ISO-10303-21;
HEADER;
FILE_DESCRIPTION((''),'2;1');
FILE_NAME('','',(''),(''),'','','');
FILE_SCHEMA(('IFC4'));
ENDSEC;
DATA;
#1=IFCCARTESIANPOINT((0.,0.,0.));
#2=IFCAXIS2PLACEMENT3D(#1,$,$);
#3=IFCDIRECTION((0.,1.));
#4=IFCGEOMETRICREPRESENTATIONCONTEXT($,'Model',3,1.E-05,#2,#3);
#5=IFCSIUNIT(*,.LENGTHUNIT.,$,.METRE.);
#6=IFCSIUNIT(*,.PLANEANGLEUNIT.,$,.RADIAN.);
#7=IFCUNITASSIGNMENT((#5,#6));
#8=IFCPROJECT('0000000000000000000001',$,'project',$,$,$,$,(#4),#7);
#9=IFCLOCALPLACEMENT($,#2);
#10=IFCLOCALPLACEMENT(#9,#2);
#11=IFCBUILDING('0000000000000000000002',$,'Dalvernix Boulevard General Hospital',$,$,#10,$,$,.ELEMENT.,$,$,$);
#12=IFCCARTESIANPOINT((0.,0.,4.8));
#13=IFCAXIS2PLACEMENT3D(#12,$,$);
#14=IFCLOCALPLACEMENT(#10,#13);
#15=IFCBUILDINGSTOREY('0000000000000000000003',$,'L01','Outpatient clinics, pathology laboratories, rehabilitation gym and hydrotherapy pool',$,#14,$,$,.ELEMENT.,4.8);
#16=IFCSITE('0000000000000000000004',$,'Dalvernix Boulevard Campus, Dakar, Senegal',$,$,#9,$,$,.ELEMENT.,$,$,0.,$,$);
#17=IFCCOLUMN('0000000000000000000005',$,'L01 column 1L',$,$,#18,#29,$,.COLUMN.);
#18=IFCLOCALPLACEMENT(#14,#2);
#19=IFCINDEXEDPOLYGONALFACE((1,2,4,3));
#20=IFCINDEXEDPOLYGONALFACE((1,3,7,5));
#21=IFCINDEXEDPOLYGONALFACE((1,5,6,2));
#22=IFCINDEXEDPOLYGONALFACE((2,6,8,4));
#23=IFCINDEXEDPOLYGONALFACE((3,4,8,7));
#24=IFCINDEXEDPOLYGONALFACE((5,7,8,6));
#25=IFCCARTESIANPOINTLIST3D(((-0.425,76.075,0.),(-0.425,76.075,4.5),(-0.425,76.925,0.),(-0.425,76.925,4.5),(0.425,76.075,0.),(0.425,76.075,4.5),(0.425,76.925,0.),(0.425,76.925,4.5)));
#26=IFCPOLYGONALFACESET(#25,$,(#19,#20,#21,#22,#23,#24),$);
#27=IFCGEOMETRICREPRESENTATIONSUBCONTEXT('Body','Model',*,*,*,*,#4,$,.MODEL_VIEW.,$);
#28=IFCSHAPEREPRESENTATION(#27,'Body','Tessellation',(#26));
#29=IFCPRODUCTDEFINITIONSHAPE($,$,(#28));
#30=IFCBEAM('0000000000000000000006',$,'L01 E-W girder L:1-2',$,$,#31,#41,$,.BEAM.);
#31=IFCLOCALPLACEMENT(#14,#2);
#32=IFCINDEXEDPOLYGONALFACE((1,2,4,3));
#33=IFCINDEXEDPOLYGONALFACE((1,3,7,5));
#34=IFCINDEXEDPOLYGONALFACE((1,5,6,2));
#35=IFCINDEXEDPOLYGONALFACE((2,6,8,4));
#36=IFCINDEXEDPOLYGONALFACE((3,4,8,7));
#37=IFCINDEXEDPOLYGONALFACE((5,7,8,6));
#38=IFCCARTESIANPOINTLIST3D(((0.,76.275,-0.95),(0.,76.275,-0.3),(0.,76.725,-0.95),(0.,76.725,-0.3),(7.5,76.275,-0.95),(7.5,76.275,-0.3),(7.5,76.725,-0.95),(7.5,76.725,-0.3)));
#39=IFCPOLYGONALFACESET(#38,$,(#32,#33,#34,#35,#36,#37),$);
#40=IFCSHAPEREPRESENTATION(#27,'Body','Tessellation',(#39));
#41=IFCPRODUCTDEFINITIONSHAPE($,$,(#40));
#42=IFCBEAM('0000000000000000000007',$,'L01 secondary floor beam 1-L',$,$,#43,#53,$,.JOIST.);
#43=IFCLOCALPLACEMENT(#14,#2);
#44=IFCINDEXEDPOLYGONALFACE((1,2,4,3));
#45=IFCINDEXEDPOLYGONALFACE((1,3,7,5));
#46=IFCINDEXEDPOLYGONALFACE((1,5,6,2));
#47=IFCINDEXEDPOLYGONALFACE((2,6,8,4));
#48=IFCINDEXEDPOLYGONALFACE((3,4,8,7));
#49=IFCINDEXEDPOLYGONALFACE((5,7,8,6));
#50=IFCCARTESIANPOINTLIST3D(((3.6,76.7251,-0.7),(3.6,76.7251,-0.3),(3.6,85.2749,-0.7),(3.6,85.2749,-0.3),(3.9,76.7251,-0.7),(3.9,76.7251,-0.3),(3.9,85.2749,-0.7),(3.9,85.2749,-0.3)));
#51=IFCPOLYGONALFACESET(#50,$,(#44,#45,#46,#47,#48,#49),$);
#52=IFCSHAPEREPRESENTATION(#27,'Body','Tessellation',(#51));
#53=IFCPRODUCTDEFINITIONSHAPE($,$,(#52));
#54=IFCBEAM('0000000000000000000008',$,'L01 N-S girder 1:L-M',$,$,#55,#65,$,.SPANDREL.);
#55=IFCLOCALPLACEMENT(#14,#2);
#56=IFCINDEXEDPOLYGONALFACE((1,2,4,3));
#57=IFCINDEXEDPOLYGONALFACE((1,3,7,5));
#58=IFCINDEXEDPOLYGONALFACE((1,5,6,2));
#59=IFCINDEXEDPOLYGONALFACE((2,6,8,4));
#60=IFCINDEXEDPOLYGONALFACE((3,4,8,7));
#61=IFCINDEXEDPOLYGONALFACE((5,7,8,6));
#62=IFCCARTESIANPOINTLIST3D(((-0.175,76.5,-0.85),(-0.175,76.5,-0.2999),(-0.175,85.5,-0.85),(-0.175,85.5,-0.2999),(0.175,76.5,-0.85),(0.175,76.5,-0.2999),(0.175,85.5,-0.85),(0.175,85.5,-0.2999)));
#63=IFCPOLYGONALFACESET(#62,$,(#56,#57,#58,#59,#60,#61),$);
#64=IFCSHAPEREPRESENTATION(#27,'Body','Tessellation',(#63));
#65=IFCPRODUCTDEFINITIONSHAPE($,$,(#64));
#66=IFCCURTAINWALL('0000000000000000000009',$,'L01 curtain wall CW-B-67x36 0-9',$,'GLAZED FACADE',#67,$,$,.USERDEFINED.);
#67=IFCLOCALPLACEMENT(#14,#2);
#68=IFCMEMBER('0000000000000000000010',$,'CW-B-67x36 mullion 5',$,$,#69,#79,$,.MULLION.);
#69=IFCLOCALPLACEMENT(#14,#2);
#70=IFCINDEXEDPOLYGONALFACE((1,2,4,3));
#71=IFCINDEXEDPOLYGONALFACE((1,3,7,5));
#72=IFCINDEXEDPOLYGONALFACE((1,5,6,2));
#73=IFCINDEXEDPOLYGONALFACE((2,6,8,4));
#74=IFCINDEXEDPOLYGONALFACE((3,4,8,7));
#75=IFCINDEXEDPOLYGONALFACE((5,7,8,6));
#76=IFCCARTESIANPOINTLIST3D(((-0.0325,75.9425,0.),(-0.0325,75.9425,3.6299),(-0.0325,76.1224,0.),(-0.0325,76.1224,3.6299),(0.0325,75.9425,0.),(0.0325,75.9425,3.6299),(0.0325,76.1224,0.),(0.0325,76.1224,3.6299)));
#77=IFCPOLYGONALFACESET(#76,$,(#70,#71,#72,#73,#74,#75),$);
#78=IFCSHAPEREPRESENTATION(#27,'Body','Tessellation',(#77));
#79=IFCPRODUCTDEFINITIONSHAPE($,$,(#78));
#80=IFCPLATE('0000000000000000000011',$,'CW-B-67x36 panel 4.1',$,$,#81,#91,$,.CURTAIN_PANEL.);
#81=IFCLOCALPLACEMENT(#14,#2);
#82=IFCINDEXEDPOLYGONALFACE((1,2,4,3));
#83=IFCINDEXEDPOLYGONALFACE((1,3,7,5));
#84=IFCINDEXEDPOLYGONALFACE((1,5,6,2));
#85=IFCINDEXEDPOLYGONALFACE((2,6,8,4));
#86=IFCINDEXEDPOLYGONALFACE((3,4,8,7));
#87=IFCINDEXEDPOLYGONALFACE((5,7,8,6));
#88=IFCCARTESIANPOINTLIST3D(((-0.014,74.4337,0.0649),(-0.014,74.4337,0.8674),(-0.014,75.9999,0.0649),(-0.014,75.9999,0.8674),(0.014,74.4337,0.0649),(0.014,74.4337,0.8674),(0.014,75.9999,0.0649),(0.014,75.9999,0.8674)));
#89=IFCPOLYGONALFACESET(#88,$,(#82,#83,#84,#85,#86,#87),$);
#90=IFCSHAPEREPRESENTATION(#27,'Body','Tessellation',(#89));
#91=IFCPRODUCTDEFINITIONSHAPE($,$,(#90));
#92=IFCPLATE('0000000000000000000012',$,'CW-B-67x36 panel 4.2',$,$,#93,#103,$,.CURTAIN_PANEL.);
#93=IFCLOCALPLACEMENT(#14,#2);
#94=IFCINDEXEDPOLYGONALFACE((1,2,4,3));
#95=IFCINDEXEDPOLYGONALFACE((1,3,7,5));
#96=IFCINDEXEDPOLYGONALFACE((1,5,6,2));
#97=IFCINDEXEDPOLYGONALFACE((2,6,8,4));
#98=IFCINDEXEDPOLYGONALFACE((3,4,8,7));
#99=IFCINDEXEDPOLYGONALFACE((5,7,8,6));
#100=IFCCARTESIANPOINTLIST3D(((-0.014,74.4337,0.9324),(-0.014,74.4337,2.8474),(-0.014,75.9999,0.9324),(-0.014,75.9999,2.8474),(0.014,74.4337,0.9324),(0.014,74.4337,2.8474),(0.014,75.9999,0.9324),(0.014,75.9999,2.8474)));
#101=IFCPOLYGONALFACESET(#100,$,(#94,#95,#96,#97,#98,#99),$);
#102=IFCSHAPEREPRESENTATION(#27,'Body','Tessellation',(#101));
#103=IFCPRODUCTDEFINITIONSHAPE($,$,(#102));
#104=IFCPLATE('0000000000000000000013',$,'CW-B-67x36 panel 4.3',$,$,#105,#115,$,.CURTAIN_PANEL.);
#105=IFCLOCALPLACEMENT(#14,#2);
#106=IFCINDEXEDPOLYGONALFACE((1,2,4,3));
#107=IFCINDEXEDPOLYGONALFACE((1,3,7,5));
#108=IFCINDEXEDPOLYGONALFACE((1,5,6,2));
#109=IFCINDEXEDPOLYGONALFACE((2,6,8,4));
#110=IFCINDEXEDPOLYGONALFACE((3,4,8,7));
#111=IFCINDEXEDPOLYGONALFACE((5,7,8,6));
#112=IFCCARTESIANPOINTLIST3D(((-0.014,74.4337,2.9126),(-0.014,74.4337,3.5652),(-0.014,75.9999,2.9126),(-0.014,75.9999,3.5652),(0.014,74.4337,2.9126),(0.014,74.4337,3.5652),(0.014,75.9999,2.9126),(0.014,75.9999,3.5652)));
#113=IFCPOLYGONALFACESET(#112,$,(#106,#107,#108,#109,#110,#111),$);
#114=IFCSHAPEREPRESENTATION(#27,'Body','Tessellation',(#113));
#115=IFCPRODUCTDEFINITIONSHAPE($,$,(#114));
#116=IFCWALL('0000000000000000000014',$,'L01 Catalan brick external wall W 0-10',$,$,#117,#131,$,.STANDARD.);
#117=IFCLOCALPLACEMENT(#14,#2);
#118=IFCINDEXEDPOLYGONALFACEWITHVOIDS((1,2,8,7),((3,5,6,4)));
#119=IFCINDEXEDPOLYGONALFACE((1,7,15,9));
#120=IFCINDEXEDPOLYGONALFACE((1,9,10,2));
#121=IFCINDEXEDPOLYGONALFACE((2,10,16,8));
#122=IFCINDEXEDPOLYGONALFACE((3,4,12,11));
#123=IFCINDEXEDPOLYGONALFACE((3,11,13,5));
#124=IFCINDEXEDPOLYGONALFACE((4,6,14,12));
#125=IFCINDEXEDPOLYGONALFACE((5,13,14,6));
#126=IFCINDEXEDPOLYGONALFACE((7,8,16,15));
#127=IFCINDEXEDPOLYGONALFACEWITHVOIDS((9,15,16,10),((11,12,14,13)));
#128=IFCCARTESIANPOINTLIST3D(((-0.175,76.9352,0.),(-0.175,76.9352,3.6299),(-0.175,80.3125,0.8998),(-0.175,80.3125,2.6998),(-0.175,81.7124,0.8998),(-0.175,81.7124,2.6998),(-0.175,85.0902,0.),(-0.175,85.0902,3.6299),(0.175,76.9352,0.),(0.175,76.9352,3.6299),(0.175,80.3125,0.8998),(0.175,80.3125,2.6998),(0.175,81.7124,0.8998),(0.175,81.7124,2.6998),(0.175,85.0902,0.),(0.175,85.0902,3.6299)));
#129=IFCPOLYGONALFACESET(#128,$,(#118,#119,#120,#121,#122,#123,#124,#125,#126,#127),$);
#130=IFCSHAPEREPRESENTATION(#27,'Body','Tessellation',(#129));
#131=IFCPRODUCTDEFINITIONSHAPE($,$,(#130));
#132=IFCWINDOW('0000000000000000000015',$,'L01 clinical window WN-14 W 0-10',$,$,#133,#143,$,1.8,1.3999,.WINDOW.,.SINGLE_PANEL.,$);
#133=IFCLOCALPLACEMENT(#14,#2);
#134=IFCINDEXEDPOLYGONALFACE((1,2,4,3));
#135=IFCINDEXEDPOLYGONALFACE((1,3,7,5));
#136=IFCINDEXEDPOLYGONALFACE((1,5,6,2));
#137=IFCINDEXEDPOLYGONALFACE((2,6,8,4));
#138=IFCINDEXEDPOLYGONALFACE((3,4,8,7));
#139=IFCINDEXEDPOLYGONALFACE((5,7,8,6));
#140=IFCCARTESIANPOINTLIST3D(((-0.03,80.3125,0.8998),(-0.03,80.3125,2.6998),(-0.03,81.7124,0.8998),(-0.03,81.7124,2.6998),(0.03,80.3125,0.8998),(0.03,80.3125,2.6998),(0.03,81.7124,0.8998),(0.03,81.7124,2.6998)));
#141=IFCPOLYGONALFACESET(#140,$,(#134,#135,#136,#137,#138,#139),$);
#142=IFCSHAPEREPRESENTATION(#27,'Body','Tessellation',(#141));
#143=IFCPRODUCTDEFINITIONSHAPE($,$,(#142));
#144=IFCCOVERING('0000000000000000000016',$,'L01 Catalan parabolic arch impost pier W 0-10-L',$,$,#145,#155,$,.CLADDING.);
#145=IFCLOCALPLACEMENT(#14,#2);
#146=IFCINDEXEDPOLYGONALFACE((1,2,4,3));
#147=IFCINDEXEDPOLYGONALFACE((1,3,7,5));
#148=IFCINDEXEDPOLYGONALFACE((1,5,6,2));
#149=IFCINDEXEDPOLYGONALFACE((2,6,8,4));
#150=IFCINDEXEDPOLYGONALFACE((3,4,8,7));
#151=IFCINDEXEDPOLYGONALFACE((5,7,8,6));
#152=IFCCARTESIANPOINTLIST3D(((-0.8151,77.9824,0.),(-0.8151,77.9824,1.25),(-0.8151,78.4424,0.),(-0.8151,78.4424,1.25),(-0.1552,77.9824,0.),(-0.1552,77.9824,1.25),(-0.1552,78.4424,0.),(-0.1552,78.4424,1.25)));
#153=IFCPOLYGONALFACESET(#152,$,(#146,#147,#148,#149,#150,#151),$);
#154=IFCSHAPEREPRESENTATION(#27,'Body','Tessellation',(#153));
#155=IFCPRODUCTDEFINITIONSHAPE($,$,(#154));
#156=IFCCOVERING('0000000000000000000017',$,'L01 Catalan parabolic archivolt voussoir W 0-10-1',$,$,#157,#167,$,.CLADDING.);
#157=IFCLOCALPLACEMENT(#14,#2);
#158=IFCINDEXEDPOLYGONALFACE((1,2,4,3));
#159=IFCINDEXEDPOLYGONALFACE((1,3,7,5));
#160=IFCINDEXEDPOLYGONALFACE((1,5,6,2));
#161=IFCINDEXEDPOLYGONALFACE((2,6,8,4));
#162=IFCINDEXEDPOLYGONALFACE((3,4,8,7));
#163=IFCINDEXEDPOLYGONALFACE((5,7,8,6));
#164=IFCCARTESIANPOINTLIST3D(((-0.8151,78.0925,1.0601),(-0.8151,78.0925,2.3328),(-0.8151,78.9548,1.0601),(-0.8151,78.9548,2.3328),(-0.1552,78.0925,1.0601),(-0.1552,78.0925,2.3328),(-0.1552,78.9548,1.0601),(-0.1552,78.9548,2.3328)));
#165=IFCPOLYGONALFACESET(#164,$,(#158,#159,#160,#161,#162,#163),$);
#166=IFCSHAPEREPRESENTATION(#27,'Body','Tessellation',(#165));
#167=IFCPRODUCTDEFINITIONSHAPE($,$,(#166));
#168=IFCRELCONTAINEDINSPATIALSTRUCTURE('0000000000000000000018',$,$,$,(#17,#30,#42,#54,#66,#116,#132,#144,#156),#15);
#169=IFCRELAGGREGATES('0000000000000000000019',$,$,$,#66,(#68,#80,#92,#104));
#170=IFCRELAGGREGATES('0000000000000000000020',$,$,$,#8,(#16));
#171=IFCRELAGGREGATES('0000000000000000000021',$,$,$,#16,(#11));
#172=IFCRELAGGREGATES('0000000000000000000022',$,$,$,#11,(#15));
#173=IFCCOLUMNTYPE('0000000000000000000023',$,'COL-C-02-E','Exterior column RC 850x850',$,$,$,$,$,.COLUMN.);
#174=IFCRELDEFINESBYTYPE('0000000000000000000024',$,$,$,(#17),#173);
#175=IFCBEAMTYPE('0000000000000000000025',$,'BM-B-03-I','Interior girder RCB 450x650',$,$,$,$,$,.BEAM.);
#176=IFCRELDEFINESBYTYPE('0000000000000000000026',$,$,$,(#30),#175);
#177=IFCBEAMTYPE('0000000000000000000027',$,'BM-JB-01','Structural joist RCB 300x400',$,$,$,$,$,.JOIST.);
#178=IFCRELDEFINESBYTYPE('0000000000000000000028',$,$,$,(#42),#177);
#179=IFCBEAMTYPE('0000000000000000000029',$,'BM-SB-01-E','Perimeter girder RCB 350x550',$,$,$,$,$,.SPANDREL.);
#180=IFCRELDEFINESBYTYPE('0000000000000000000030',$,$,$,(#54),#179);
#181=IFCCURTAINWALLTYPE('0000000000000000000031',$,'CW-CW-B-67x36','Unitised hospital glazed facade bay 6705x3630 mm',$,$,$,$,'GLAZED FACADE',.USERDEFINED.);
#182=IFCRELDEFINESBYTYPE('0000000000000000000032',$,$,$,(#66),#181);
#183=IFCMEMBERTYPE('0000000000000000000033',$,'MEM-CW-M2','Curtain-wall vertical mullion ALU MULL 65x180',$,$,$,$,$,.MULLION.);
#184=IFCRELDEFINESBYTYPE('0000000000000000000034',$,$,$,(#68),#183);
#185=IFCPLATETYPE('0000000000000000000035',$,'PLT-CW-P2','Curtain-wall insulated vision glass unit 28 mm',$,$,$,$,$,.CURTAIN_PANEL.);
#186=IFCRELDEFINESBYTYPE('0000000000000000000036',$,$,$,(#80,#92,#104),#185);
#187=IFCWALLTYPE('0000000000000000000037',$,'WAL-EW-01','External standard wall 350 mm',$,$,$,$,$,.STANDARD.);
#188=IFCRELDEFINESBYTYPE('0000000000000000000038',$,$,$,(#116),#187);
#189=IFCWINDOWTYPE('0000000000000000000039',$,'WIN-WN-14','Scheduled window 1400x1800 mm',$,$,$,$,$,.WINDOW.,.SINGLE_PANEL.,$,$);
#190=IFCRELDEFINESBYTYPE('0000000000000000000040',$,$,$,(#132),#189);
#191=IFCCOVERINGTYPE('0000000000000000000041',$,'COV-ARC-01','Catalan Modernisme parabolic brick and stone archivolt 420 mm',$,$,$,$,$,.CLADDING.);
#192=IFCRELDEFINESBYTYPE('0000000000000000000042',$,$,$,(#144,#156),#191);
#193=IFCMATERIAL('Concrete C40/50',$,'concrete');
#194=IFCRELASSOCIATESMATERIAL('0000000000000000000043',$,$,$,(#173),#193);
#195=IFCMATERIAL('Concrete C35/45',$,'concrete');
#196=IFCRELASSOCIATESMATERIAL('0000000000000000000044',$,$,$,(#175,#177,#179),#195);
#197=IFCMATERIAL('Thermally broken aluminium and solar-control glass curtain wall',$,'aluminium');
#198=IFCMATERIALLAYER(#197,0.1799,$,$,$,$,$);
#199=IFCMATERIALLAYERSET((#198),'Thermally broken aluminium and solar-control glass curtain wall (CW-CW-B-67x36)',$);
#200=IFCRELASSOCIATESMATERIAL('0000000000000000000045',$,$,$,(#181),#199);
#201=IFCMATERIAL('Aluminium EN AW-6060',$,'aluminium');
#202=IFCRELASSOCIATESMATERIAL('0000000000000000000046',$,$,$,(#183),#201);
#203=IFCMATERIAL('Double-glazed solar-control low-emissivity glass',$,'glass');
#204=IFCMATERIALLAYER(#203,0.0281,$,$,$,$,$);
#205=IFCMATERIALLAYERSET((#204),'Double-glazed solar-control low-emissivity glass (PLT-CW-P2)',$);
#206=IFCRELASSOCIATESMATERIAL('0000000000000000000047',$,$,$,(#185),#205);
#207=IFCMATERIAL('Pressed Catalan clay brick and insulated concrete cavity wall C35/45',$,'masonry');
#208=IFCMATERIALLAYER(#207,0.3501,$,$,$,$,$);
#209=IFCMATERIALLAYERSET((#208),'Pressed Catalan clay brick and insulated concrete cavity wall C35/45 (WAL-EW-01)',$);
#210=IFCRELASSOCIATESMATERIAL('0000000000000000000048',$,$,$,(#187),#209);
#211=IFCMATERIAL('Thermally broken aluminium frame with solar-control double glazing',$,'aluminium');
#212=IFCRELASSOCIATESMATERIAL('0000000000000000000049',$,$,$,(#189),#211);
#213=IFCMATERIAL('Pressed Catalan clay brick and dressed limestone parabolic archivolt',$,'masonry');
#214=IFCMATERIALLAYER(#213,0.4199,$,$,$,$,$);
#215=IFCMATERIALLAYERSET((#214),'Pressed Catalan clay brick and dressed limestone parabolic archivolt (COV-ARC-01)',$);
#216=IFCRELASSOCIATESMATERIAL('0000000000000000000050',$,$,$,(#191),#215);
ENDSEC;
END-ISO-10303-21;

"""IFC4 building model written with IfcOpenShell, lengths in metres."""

from ifc_helpers import new_model, si_unit, direction, frame, frame_2d, origin, origin_2d, place, context, subcontext, project, spatial, rectangle, extrude, material, layer, layer_set, material_profile, profile_set, type_object, element, fill, aggregate, save


model = new_model("IFC4")

# Units and contexts
model_context = context("Model", 3, precision=1e-05, world=origin(), true_north=direction((0.0, 1.0)))
body_context = subcontext(model_context, "Body", "Model", "MODEL_VIEW")
ifc_project = project(units=[si_unit("LENGTHUNIT", "METRE"), si_unit("PLANEANGLEUNIT", "RADIAN")], contexts=[model_context])

# Site, building, storey
site_placement = place(None, origin())
site = spatial("IfcSite", under=ifc_project, at=site_placement, Name="Dalvernix Boulevard Campus, Dakar, Senegal", CompositionType="ELEMENT", RefElevation=0.0)
building_placement = place(site_placement, origin())
building = spatial("IfcBuilding", under=site, at=building_placement, Name="Dalvernix Boulevard General Hospital", CompositionType="ELEMENT")
storey_placement = place(building_placement, frame((0.0, 0.0, 4.8)))
storey = spatial("IfcBuildingStorey", under=building, at=storey_placement, Name="L01", Description="Outpatient clinics, pathology laboratories, rehabilitation gym and hydrotherapy pool", CompositionType="ELEMENT", Elevation=4.8)

# Column
ifc_material_1 = material(Name="Concrete C40/50", Category="concrete")
ifc_material_profile_1 = material_profile(ifc_material_1, rectangle(XDim=0.8501, YDim=0.8501, at=origin_2d()), Name="RC 850x850")
ifc_profile_set_1 = profile_set([ifc_material_profile_1], Name="Concrete C40/50")
column_type = type_object("IfcColumnType", Name="COL-C-02-E", Description="Exterior column RC 850x850", PredefinedType="COLUMN", material=ifc_profile_set_1)
column_placement = place(storey_placement, frame((0.0, 76.5, 0.0), z_axis=(0.0, 0.0, 1.0), x_axis=(1.0, 0.0, 0.0)))
element("IfcColumn", 1, at=column_placement, inside=storey, type_object=column_type, Name="L01 column 1L", PredefinedType="COLUMN", context=body_context, shape_type="SweptSolid", body=[
    extrude(rectangle(XDim=0.8501, YDim=0.8501, at=origin_2d()), origin(), (0.0, 0.0, 1.0), 4.5),
])

# Beams
ifc_material_2 = material(Name="Concrete C35/45", Category="concrete")
ifc_material_profile_2 = material_profile(ifc_material_2, rectangle(XDim=0.45, YDim=0.6499, at=origin_2d()), Name="RCB 450x650")
ifc_profile_set_2 = profile_set([ifc_material_profile_2], Name="Concrete C35/45")
beam_type_1 = type_object("IfcBeamType", Name="BM-B-03-I", Description="Interior girder RCB 450x650", PredefinedType="BEAM", material=ifc_profile_set_2)
beam_1_placement = place(storey_placement, frame((0.0, 76.5, -0.625), z_axis=(1.0, 0.0, 0.0), x_axis=(0.0, 1.0, 0.0)))
element("IfcBeam", 2, at=beam_1_placement, inside=storey, type_object=beam_type_1, Name="L01 E-W girder L:1-2", PredefinedType="BEAM", context=body_context, shape_type="SweptSolid", body=[
    extrude(rectangle(XDim=0.45, YDim=0.6499, at=origin_2d()), origin(), (0.0, 0.0, 1.0), 7.5),
])
ifc_material_profile_3 = material_profile(ifc_material_2, rectangle(XDim=0.3, YDim=0.3999, at=origin_2d()), Name="RCB 300x400")
ifc_profile_set_3 = profile_set([ifc_material_profile_3], Name="Concrete C35/45")
beam_type_2 = type_object("IfcBeamType", Name="BM-JB-01", Description="Structural joist RCB 300x400", PredefinedType="JOIST", material=ifc_profile_set_3)
beam_2_placement = place(storey_placement, frame((3.75, 76.7251, -0.5), z_axis=(0.0, 1.0, 0.0), x_axis=(-1.0, 0.0, 0.0)))
element("IfcBeam", 3, at=beam_2_placement, inside=storey, type_object=beam_type_2, Name="L01 secondary floor beam 1-L", PredefinedType="JOIST", context=body_context, shape_type="SweptSolid", body=[
    extrude(rectangle(XDim=0.3, YDim=0.3999, at=origin_2d()), origin(), (0.0, 0.0, 1.0), 8.5498),
])
ifc_material_profile_4 = material_profile(ifc_material_2, rectangle(XDim=0.3501, YDim=0.55, at=origin_2d()), Name="RCB 350x550")
ifc_profile_set_4 = profile_set([ifc_material_profile_4], Name="Concrete C35/45")
beam_type_3 = type_object("IfcBeamType", Name="BM-SB-01-E", Description="Perimeter girder RCB 350x550", PredefinedType="SPANDREL", material=ifc_profile_set_4)
beam_3_placement = place(storey_placement, frame((0.0, 76.5, -0.575), z_axis=(0.0, 1.0, 0.0), x_axis=(-1.0, 0.0, 0.0)))
element("IfcBeam", 4, at=beam_3_placement, inside=storey, type_object=beam_type_3, Name="L01 N-S girder 1:L-M", PredefinedType="SPANDREL", context=body_context, shape_type="SweptSolid", body=[
    extrude(rectangle(XDim=0.3501, YDim=0.55, at=origin_2d()), origin(), (0.0, 0.0, 1.0), 9.0),
])

# Curtain wall, member, plates
ifc_material_3 = material(Name="Thermally broken aluminium and solar-control glass curtain wall", Category="aluminium")
ifc_layer_1 = layer(ifc_material_3, 0.1799)
ifc_layer_set_1 = layer_set([ifc_layer_1], Name="Thermally broken aluminium and solar-control glass curtain wall (CW-CW-B-67x36)")
curtain_wall_type = type_object("IfcCurtainWallType", Name="CW-CW-B-67x36", Description="Unitised hospital glazed facade bay 6705x3630 mm", ElementType="GLAZED FACADE", PredefinedType="USERDEFINED", material=ifc_layer_set_1)
curtain_wall_placement = place(storey_placement, origin())
curtain_wall = element("IfcCurtainWall", 5, at=curtain_wall_placement, inside=storey, type_object=curtain_wall_type, Name="L01 curtain wall CW-B-67x36 0-9", ObjectType="GLAZED FACADE", PredefinedType="USERDEFINED")
ifc_material_4 = material(Name="Aluminium EN AW-6060", Category="aluminium")
ifc_material_profile_5 = material_profile(ifc_material_4, rectangle(XDim=0.0649, YDim=0.1799, at=origin_2d()), Name="ALU MULL 65x180")
ifc_profile_set_5 = profile_set([ifc_material_profile_5], Name="Aluminium EN AW-6060")
member_type = type_object("IfcMemberType", Name="MEM-CW-M2", Description="Curtain-wall vertical mullion ALU MULL 65x180", PredefinedType="MULLION", material=ifc_profile_set_5)
member_placement = place(storey_placement, frame((0.0, 76.0325, 0.0), z_axis=(0.0, 0.0, 1.0), x_axis=(-1.0, 0.0, 0.0)))
member = element("IfcMember", 6, at=member_placement, type_object=member_type, Name="CW-B-67x36 mullion 5", PredefinedType="MULLION", context=body_context, shape_type="SweptSolid", body=[
    extrude(rectangle(XDim=0.0649, YDim=0.1799, at=origin_2d()), origin(), (0.0, 0.0, 1.0), 3.6299),
])
ifc_material_5 = material(Name="Double-glazed solar-control low-emissivity glass", Category="glass")
ifc_layer_2 = layer(ifc_material_5, 0.0281)
ifc_layer_set_2 = layer_set([ifc_layer_2], Name="Double-glazed solar-control low-emissivity glass (PLT-CW-P2)")
plate_type = type_object("IfcPlateType", Name="PLT-CW-P2", Description="Curtain-wall insulated vision glass unit 28 mm", PredefinedType="CURTAIN_PANEL", material=ifc_layer_set_2)
plate_1_placement = place(storey_placement, frame((0.0, 75.2168, 0.0649), z_axis=(0.0, 0.0, 1.0), x_axis=(0.0, 1.0, 0.0)))
plate_1 = element("IfcPlate", 7, at=plate_1_placement, type_object=plate_type, Name="CW-B-67x36 panel 4.1", PredefinedType="CURTAIN_PANEL", context=body_context, shape_type="SweptSolid", body=[
    extrude(rectangle(XDim=1.5662, YDim=0.0281, at=origin_2d()), origin(), (0.0, 0.0, 1.0), 0.8025),
])
plate_2_placement = place(storey_placement, frame((0.0, 75.2168, 0.9324), z_axis=(0.0, 0.0, 1.0), x_axis=(0.0, 1.0, 0.0)))
plate_2 = element("IfcPlate", 8, at=plate_2_placement, type_object=plate_type, Name="CW-B-67x36 panel 4.2", PredefinedType="CURTAIN_PANEL", context=body_context, shape_type="SweptSolid", body=[
    extrude(rectangle(XDim=1.5662, YDim=0.0281, at=origin_2d()), origin(), (0.0, 0.0, 1.0), 1.915),
])
plate_3_placement = place(storey_placement, frame((0.0, 75.2168, 2.9126), z_axis=(0.0, 0.0, 1.0), x_axis=(0.0, 1.0, 0.0)))
plate_3 = element("IfcPlate", 9, at=plate_3_placement, type_object=plate_type, Name="CW-B-67x36 panel 4.3", PredefinedType="CURTAIN_PANEL", context=body_context, shape_type="SweptSolid", body=[
    extrude(rectangle(XDim=1.5662, YDim=0.0281, at=origin_2d()), origin(), (0.0, 0.0, 1.0), 0.6526),
])
aggregate(curtain_wall, [member, plate_1, plate_2, plate_3])

# Wall, opening, window
ifc_material_6 = material(Name="Pressed Catalan clay brick and insulated concrete cavity wall C35/45", Category="masonry")
ifc_layer_3 = layer(ifc_material_6, 0.3501)
ifc_layer_set_3 = layer_set([ifc_layer_3], Name="Pressed Catalan clay brick and insulated concrete cavity wall C35/45 (WAL-EW-01)")
wall_type = type_object("IfcWallType", Name="WAL-EW-01", Description="External standard wall 350 mm", PredefinedType="STANDARD", material=ifc_layer_set_3)
wall_placement = place(storey_placement, frame((0.0, 76.9351, 0.0), z_axis=(0.0, 0.0, 1.0), x_axis=(0.0, 1.0, 0.0)))
wall = element("IfcWall", 10, at=wall_placement, inside=storey, type_object=wall_type, Name="L01 Catalan brick external wall W 0-10", PredefinedType="STANDARD", context=body_context, shape_type="SweptSolid", body=[
    extrude(rectangle(XDim=8.155, YDim=0.3501, at=frame_2d((4.0776, 0.0))), origin(), (0.0, 0.0, 1.0), 3.6299),
])
opening_placement = place(wall_placement, frame((3.3774, 0.0, 0.8999)))
opening = element("IfcOpeningElement", 11, at=opening_placement, cuts=wall, PredefinedType="OPENING", context=body_context, shape_type="SweptSolid", body=[
    extrude(rectangle(XDim=1.3999, YDim=1.8, at=frame_2d((0.7, 0.8999))), frame((0.0, 0.1851, 0.0), z_axis=(0.0, -1.0, 0.0), x_axis=(1.0, 0.0, 0.0)), (0.0, 0.0, 1.0), 0.3701),
])
ifc_material_7 = material(Name="Thermally broken aluminium frame with solar-control double glazing", Category="aluminium")
window_type = type_object("IfcWindowType", Name="WIN-WN-14", Description="Scheduled window 1400x1800 mm", PartitioningType="SINGLE_PANEL", PredefinedType="WINDOW", material=ifc_material_7)
window_placement = place(opening_placement, origin())
window = element("IfcWindow", 12, at=window_placement, inside=storey, type_object=window_type, Name="L01 clinical window WN-14 W 0-10", OverallHeight=1.8, OverallWidth=1.3999, PartitioningType="SINGLE_PANEL", PredefinedType="WINDOW", context=body_context, shape_type="SweptSolid", body=[
    extrude(rectangle(XDim=1.3999, YDim=1.8, at=frame_2d((0.7, 0.8999))), frame((0.0, 0.03, 0.0), z_axis=(0.0, -1.0, 0.0), x_axis=(1.0, 0.0, 0.0)), (0.0, 0.0, 1.0), 0.0601),
])
fill(opening, window)

# Coverings
ifc_material_8 = material(Name="Pressed Catalan clay brick and dressed limestone parabolic archivolt", Category="masonry")
ifc_layer_4 = layer(ifc_material_8, 0.4199)
ifc_layer_set_4 = layer_set([ifc_layer_4], Name="Pressed Catalan clay brick and dressed limestone parabolic archivolt (COV-ARC-01)")
covering_type = type_object("IfcCoveringType", Name="COV-ARC-01", Description="Catalan Modernisme parabolic brick and stone archivolt 420 mm", PredefinedType="CLADDING", material=ifc_layer_set_4)
covering_1_placement = place(storey_placement, frame((-0.4851, 78.2124, 0.0), z_axis=(0.0, 0.0, 1.0), x_axis=(0.0, 1.0, 0.0)))
element("IfcCovering", 13, at=covering_1_placement, inside=storey, type_object=covering_type, Name="L01 Catalan parabolic arch impost pier W 0-10-L", PredefinedType="CLADDING", context=body_context, shape_type="SweptSolid", body=[
    extrude(rectangle(XDim=0.46, YDim=0.6599, at=origin_2d()), origin(), (0.0, 0.0, 1.0), 1.25),
])
covering_2_placement = place(storey_placement, frame((-0.4851, 78.5237, 1.0601), z_axis=(0.0, 0.0, 1.0), x_axis=(0.0, 1.0, 0.0)))
element("IfcCovering", 14, at=covering_2_placement, inside=storey, type_object=covering_type, Name="L01 Catalan parabolic archivolt voussoir W 0-10-1", PredefinedType="CLADDING", context=body_context, shape_type="SweptSolid", body=[
    extrude(rectangle(XDim=0.8623, YDim=0.6599, at=origin_2d()), origin(), (0.0, 0.0, 1.0), 1.2727),
])

save(model, "model.ifc")
